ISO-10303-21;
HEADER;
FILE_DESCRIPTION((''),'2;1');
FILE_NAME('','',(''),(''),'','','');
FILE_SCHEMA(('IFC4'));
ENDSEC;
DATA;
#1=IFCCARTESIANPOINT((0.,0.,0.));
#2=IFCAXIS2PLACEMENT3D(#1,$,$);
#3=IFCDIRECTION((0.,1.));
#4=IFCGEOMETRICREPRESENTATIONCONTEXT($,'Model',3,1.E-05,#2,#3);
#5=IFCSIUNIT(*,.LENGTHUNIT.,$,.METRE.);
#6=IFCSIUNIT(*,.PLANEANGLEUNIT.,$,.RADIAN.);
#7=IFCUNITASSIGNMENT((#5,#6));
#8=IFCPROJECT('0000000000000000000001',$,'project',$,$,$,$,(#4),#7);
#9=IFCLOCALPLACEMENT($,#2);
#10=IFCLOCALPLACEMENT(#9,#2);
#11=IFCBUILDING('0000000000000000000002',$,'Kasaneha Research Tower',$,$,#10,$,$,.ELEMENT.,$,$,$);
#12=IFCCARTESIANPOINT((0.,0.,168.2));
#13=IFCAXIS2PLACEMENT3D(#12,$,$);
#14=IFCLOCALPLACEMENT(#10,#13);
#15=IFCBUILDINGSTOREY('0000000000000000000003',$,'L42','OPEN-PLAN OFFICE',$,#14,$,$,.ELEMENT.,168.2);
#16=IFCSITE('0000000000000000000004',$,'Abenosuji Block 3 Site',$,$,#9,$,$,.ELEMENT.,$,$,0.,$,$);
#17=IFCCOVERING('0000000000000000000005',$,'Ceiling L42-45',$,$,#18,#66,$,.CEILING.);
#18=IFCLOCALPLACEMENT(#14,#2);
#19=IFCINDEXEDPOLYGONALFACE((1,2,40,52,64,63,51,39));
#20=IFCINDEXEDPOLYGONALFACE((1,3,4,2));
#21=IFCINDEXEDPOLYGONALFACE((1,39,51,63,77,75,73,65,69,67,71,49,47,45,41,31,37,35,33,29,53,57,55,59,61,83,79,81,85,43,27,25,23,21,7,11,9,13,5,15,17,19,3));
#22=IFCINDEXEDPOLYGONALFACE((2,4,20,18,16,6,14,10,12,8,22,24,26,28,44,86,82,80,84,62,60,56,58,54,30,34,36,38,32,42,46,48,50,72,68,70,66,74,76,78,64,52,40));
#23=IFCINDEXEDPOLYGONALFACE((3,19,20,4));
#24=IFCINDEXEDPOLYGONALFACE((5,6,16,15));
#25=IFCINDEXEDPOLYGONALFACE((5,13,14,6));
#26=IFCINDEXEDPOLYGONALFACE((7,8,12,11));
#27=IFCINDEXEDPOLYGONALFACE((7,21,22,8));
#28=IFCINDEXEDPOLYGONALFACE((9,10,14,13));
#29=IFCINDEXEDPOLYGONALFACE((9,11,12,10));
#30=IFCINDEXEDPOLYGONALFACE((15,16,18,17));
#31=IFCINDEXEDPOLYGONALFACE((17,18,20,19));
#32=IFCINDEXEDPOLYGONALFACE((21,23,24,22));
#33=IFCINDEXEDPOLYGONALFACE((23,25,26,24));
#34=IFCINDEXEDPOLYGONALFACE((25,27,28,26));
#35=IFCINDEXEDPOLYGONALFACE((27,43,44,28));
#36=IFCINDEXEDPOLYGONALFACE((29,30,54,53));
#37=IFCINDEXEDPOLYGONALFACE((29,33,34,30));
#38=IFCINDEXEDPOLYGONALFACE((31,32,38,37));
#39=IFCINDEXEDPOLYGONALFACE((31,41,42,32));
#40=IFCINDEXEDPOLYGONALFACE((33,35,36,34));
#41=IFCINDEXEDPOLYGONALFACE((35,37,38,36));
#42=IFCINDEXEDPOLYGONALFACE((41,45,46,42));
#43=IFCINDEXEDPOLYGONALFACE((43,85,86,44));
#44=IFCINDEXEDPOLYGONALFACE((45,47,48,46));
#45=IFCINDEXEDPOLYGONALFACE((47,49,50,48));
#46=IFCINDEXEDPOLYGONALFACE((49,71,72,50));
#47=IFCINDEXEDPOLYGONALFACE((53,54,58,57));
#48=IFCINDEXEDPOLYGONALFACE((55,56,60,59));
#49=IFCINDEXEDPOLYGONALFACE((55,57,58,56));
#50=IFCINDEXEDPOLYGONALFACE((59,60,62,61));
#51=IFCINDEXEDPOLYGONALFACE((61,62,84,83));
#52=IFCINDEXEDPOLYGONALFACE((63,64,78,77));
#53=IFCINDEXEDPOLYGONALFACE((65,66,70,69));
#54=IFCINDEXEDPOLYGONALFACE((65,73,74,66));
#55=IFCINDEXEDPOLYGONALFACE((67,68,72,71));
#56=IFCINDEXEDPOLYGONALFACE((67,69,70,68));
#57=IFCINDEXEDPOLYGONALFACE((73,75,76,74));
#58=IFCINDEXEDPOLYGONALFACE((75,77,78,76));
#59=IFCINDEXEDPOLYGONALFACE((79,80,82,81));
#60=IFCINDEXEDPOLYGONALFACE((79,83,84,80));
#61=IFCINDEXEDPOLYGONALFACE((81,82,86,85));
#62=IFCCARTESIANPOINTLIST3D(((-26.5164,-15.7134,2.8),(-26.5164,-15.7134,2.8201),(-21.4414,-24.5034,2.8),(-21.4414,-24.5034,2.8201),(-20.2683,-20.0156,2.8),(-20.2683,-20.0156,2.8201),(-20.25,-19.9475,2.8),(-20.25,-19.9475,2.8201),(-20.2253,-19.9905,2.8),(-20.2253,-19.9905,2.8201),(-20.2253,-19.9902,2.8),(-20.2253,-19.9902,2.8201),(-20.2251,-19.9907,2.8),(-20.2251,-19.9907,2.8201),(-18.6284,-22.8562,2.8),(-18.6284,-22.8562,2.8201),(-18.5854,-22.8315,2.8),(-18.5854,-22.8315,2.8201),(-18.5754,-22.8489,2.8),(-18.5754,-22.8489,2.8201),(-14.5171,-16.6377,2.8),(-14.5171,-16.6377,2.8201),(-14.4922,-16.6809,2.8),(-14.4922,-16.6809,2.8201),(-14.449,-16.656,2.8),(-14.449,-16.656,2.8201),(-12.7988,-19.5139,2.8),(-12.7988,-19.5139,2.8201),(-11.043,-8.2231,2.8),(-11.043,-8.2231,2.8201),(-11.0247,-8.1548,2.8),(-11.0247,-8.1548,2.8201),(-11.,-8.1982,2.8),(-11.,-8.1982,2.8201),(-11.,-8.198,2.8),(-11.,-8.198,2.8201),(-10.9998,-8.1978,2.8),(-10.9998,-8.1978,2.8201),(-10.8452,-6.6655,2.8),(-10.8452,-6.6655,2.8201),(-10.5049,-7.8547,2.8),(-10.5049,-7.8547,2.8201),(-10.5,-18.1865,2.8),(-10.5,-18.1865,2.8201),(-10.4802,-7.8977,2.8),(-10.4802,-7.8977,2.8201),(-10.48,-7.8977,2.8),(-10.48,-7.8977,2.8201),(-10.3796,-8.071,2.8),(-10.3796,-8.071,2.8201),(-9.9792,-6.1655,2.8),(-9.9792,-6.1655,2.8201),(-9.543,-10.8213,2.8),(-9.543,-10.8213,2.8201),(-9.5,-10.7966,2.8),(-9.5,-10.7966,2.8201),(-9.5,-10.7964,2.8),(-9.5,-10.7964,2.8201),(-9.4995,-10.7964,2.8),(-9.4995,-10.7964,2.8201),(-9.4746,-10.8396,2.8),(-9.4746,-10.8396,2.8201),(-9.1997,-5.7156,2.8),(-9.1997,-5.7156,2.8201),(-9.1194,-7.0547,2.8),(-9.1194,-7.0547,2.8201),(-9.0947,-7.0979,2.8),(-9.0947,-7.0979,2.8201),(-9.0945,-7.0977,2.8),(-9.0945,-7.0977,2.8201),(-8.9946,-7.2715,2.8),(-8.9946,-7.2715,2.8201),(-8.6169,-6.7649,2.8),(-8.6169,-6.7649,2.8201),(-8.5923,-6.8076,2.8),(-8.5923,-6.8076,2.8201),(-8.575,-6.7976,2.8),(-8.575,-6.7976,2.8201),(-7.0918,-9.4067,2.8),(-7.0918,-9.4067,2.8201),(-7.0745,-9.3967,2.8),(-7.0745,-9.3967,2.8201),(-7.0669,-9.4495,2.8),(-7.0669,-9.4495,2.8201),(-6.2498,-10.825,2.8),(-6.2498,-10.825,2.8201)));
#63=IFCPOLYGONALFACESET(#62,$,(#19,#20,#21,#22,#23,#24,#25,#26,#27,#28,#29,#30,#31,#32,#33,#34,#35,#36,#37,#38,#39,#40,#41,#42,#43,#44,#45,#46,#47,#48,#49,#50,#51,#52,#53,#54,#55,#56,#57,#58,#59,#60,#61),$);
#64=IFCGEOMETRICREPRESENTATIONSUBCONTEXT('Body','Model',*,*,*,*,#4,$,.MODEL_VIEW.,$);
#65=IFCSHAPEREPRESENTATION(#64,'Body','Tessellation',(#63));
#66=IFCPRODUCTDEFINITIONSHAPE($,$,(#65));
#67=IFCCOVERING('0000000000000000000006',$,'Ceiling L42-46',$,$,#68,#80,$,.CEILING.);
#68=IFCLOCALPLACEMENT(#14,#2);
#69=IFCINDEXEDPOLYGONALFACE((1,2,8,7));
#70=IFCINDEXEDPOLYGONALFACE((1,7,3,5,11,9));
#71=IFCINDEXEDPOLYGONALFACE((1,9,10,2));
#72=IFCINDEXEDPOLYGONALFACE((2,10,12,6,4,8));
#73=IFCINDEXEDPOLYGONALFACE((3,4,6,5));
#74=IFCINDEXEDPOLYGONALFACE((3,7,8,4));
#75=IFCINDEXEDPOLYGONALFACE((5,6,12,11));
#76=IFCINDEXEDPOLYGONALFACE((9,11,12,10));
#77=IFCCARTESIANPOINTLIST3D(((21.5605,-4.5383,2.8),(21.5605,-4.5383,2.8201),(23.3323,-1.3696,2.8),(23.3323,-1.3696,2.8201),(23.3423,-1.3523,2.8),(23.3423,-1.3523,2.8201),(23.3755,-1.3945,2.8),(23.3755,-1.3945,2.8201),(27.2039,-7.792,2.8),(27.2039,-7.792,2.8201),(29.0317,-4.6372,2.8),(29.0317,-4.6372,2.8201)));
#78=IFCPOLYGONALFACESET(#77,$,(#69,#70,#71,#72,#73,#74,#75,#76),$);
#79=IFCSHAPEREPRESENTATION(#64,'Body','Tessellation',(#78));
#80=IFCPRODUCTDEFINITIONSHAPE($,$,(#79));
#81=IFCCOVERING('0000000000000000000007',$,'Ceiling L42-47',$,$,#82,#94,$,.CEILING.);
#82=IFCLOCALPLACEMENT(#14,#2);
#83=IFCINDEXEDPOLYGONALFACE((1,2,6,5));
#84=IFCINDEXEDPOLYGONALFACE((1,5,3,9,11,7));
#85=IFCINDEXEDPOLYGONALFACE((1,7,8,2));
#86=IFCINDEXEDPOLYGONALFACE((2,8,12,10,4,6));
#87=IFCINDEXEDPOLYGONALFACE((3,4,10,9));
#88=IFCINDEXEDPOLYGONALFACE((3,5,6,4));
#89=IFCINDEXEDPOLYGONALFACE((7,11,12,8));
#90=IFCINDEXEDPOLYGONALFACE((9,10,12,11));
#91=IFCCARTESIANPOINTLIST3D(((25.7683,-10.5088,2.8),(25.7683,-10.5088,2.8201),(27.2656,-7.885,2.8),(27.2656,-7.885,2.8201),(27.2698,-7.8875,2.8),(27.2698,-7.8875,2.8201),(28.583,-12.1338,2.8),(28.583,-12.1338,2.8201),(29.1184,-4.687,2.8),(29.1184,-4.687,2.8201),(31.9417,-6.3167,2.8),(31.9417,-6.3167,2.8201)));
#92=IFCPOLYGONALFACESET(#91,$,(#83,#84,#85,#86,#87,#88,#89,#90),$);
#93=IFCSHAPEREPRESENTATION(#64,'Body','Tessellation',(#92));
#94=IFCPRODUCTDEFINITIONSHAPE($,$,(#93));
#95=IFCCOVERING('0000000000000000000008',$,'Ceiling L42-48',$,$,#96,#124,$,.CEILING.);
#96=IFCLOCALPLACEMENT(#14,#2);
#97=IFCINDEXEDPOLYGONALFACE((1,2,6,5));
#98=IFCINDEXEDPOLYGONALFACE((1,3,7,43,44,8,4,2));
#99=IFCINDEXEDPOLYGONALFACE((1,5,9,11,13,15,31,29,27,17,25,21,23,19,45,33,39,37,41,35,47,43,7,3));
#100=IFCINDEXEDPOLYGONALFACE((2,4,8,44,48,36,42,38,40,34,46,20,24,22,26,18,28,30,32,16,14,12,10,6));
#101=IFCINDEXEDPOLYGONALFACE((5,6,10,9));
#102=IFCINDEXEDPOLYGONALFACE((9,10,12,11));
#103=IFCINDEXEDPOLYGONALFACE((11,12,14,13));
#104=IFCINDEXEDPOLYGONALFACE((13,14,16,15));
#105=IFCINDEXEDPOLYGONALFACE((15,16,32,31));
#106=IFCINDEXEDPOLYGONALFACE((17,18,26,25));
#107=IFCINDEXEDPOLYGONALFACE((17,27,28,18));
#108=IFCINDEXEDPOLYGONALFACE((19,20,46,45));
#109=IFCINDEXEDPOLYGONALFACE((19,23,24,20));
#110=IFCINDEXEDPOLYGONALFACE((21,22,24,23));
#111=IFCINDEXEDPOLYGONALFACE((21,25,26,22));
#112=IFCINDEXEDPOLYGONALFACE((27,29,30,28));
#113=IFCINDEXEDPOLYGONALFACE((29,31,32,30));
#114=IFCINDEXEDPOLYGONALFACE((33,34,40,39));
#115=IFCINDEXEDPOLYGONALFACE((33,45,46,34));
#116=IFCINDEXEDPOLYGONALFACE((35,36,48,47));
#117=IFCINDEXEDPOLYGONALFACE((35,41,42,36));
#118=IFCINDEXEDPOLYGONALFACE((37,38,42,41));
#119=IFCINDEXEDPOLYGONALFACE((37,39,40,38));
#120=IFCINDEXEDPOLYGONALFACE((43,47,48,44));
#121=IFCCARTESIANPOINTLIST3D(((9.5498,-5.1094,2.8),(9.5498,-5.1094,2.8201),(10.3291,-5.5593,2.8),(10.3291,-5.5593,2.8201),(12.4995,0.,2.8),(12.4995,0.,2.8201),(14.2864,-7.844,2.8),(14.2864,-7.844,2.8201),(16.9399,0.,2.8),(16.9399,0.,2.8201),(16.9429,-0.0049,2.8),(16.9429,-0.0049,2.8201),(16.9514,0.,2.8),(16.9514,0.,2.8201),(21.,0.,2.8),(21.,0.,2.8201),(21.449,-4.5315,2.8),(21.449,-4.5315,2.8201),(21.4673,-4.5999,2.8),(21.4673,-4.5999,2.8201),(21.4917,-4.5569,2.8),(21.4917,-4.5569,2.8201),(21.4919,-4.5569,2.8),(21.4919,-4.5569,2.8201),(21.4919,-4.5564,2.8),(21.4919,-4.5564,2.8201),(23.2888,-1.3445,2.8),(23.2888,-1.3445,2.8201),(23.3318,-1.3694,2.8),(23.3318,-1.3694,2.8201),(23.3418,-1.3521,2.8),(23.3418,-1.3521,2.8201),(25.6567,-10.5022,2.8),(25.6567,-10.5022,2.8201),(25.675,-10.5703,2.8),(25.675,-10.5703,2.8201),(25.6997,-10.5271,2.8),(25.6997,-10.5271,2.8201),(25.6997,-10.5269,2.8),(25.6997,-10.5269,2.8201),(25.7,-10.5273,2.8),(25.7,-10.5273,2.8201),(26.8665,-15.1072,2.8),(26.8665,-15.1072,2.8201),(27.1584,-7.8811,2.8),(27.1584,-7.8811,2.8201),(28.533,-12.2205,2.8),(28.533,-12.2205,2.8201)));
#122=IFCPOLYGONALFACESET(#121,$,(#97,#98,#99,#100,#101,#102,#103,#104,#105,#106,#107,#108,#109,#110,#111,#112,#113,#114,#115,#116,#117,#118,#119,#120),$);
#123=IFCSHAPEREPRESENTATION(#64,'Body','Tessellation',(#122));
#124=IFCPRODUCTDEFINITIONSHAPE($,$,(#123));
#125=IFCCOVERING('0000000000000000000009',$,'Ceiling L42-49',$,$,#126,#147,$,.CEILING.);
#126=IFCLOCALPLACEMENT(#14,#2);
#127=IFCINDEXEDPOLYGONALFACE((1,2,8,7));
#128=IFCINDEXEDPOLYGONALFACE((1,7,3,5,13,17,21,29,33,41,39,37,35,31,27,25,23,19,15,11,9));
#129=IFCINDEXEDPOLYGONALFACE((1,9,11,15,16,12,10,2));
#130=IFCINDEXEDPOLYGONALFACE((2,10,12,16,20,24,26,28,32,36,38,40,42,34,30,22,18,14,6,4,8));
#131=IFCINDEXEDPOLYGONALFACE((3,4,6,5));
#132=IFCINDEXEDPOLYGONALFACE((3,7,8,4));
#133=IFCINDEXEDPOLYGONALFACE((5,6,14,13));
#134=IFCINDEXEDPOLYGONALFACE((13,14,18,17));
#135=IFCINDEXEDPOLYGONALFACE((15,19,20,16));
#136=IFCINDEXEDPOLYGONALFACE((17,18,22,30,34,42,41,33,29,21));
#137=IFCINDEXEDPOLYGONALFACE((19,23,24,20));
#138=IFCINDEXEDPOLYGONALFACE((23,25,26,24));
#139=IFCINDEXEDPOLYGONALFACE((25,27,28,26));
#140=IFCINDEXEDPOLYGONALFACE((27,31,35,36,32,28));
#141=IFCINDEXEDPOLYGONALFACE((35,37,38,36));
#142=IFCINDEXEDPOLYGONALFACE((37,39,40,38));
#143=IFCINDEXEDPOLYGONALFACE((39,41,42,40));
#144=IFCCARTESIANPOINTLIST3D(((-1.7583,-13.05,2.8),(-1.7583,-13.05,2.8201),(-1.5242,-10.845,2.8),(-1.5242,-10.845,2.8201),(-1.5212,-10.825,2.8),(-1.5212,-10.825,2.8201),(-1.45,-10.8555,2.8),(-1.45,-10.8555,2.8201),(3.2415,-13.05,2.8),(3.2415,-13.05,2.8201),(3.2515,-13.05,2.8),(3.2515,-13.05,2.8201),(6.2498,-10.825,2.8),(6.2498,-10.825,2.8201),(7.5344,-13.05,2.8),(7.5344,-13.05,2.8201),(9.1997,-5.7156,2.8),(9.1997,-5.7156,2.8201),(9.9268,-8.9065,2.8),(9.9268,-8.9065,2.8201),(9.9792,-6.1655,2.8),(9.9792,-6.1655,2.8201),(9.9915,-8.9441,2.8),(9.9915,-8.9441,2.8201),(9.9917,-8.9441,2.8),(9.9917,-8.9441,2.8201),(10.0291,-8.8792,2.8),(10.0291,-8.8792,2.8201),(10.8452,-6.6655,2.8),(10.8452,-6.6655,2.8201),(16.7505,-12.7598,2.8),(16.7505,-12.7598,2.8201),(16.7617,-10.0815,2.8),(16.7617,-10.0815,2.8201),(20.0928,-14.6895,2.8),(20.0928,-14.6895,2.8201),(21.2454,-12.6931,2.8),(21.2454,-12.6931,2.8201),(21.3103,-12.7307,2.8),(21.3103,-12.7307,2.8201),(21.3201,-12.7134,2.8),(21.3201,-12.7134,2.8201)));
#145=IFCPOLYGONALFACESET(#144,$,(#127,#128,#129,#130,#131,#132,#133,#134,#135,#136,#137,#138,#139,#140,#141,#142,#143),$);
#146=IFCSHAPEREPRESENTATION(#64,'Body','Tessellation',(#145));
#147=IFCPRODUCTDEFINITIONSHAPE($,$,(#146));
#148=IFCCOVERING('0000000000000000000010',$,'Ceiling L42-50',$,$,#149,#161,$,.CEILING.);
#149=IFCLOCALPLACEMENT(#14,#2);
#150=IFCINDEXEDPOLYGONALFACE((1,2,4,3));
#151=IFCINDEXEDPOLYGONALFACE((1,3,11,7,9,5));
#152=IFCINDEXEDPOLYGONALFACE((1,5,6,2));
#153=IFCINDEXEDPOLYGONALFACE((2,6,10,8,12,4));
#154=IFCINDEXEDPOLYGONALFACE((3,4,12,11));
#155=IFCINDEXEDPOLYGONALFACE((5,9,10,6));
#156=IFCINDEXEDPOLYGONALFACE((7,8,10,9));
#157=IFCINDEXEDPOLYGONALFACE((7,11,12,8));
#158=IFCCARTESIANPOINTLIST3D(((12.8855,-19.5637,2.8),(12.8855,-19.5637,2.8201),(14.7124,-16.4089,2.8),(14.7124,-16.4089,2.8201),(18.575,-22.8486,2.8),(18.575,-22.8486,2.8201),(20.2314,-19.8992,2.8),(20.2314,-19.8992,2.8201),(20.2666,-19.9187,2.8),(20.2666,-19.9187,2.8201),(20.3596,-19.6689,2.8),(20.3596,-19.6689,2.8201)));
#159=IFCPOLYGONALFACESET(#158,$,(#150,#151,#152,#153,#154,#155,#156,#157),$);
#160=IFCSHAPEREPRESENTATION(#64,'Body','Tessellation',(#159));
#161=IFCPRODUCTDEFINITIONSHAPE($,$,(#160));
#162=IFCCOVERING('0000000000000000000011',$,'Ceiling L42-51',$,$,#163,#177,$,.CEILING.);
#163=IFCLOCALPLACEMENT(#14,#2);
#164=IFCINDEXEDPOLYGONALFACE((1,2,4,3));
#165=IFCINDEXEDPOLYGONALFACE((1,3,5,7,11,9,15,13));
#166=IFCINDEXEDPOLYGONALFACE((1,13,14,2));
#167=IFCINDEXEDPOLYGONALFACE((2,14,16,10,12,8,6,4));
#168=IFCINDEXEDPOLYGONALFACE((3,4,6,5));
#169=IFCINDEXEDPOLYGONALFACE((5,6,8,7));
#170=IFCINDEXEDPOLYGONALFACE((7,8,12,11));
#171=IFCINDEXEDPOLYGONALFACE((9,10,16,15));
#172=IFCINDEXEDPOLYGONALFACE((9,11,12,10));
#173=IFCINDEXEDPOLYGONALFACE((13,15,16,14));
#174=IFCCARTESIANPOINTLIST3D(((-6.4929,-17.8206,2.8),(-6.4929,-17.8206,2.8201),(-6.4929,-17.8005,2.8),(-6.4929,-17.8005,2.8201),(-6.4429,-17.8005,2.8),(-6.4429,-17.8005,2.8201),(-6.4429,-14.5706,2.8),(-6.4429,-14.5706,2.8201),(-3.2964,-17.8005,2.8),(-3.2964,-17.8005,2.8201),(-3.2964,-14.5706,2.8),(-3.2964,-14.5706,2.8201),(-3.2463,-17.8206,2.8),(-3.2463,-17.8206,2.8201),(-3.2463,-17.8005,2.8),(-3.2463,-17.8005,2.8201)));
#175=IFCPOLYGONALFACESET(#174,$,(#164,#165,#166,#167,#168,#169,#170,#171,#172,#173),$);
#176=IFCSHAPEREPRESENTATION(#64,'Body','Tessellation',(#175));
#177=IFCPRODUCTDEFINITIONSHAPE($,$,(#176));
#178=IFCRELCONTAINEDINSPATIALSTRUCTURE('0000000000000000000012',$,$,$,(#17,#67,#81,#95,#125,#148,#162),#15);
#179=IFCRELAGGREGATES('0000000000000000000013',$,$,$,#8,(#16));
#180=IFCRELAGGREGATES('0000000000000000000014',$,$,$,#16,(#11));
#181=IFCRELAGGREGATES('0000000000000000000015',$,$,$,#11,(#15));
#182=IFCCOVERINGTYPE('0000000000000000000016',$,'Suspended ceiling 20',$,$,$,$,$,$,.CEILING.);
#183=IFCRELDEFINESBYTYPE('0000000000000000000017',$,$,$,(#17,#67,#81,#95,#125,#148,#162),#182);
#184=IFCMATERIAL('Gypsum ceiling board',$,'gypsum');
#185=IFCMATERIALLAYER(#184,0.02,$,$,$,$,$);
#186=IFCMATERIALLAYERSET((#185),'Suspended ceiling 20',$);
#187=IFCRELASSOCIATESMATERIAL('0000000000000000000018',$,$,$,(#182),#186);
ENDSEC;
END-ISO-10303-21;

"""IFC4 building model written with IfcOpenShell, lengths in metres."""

from ifc_helpers import new_model, si_unit, direction, frame, origin, place, context, subcontext, project, spatial, polyline, outline, extrude, material, layer, layer_set, type_object, element, save


model = new_model("IFC4")

# Units and contexts
model_context = context("Model", 3, precision=1e-05, world=origin(), true_north=direction((0.0, 1.0)))
body_context = subcontext(model_context, "Body", "Model", "MODEL_VIEW")
ifc_project = project(units=[si_unit("LENGTHUNIT", "METRE"), si_unit("PLANEANGLEUNIT", "RADIAN")], contexts=[model_context])

# Site, building, storey
site_placement = place(None, origin())
site = spatial("IfcSite", under=ifc_project, at=site_placement, Name="Abenosuji Block 3 Site", CompositionType="ELEMENT", RefElevation=0.0)
building_placement = place(site_placement, origin())
building = spatial("IfcBuilding", under=site, at=building_placement, Name="Kasaneha Research Tower", CompositionType="ELEMENT")
storey_placement = place(building_placement, frame((0.0, 0.0, 168.2)))
storey = spatial("IfcBuildingStorey", under=building, at=storey_placement, Name="L42", Description="OPEN-PLAN OFFICE", CompositionType="ELEMENT", Elevation=168.2)

# Coverings
ifc_material_1 = material(Name="Gypsum ceiling board", Category="gypsum")
ifc_layer_1 = layer(ifc_material_1, 0.02)
ifc_layer_set_1 = layer_set([ifc_layer_1], Name="Suspended ceiling 20")
covering_type_1 = type_object("IfcCoveringType", Name="Suspended ceiling 20", PredefinedType="CEILING", material=ifc_layer_set_1)
covering_1_placement = place(storey_placement, frame((0.0, 0.0, 2.8)))
element("IfcCovering", 1, at=covering_1_placement, inside=storey, type_object=covering_type_1, Name="Ceiling L42-45", PredefinedType="CEILING", context=body_context, shape_type="SweptSolid", body=[
    extrude(outline(polyline([(-9.9792, -6.1655), (-9.9792, -6.1655), (-9.1997, -5.7156), (-8.575, -6.7976), (-8.5923, -6.8076), (-8.6169, -6.7649), (-9.1194, -7.0547), (-9.0945, -7.0977), (-9.0947, -7.0979), (-8.9946, -7.2715), (-10.3796, -8.071), (-10.48, -7.8977), (-10.4802, -7.8977), (-10.5049, -7.8547), (-11.0247, -8.1548), (-10.9998, -8.1978), (-11.0, -8.198), (-11.0, -8.1982), (-11.043, -8.2231), (-9.543, -10.8213), (-9.5, -10.7964), (-9.5, -10.7966), (-9.4995, -10.7964), (-9.4746, -10.8396), (-7.0669, -9.4495), (-7.0918, -9.4067), (-7.0745, -9.3967), (-6.2498, -10.825), (-10.5, -18.1865), (-12.7988, -19.5139), (-14.449, -16.656), (-14.4922, -16.6809), (-14.5171, -16.6377), (-20.25, -19.9475), (-20.2253, -19.9902), (-20.2253, -19.9905), (-20.2251, -19.9907), (-20.2683, -20.0156), (-18.6284, -22.8562), (-18.5854, -22.8315), (-18.5754, -22.8489), (-21.4414, -24.5034), (-26.5164, -15.7134), (-10.8452, -6.6655), (-10.8452, -6.6655), (-9.9792, -6.1655)])), origin(), (0.0, 0.0, 1.0), 0.02),
])
covering_2_placement = place(storey_placement, frame((0.0, 0.0, 2.8)))
element("IfcCovering", 2, at=covering_2_placement, inside=storey, type_object=covering_type_1, Name="Ceiling L42-46", PredefinedType="CEILING", context=body_context, shape_type="SweptSolid", body=[
    extrude(outline(polyline([(29.0317, -4.6372), (27.2039, -7.792), (21.5605, -4.5383), (23.3755, -1.3945), (23.3323, -1.3696), (23.3423, -1.3523), (29.0317, -4.6372)])), origin(), (0.0, 0.0, 1.0), 0.02),
])
covering_3_placement = place(storey_placement, frame((0.0, 0.0, 2.8)))
element("IfcCovering", 3, at=covering_3_placement, inside=storey, type_object=covering_type_1, Name="Ceiling L42-47", PredefinedType="CEILING", context=body_context, shape_type="SweptSolid", body=[
    extrude(outline(polyline([(31.9417, -6.3167), (28.583, -12.1338), (25.7683, -10.5088), (27.2698, -7.8875), (27.2656, -7.885), (29.1184, -4.687), (31.9417, -6.3167)])), origin(), (0.0, 0.0, 1.0), 0.02),
])
covering_4_placement = place(storey_placement, frame((0.0, 0.0, 2.8)))
element("IfcCovering", 4, at=covering_4_placement, inside=storey, type_object=covering_type_1, Name="Ceiling L42-48", PredefinedType="CEILING", context=body_context, shape_type="SweptSolid", body=[
    extrude(outline(polyline([(9.5498, -5.1094), (12.4995, 0.0), (16.9399, 0.0), (16.9429, -0.0049), (16.9514, 0.0), (21.0, 0.0), (23.3418, -1.3521), (23.3318, -1.3694), (23.2888, -1.3445), (21.449, -4.5315), (21.4919, -4.5564), (21.4917, -4.5569), (21.4919, -4.5569), (21.4673, -4.5999), (27.1584, -7.8811), (25.6567, -10.5022), (25.6997, -10.5269), (25.6997, -10.5271), (25.7, -10.5273), (25.675, -10.5703), (28.533, -12.2205), (26.8665, -15.1072), (14.2864, -7.844), (10.3291, -5.5593), (10.3291, -5.5593), (9.5498, -5.1094)])), origin(), (0.0, 0.0, 1.0), 0.02),
])
covering_5_placement = place(storey_placement, frame((0.0, 0.0, 2.8)))
element("IfcCovering", 5, at=covering_5_placement, inside=storey, type_object=covering_type_1, Name="Ceiling L42-49", PredefinedType="CEILING", context=body_context, shape_type="SweptSolid", body=[
    extrude(outline(polyline([(9.9915, -8.9441), (9.9268, -8.9065), (7.5344, -13.05), (3.2515, -13.05), (3.2415, -13.05), (-1.7583, -13.05), (-1.45, -10.8555), (-1.5242, -10.845), (-1.5212, -10.825), (6.2498, -10.825), (9.1997, -5.7156), (9.9792, -6.1655), (9.9792, -6.1655), (10.8452, -6.6655), (10.8452, -6.6655), (16.7617, -10.0815), (21.3201, -12.7134), (21.3103, -12.7307), (21.2454, -12.6931), (20.0928, -14.6895), (16.7505, -12.7598), (16.7505, -12.7598), (10.0291, -8.8792), (9.9917, -8.9441), (9.9917, -8.9441), (9.9915, -8.9441)])), origin(), (0.0, 0.0, 1.0), 0.02),
])
covering_6_placement = place(storey_placement, frame((0.0, 0.0, 2.8)))
element("IfcCovering", 6, at=covering_6_placement, inside=storey, type_object=covering_type_1, Name="Ceiling L42-50", PredefinedType="CEILING", context=body_context, shape_type="SweptSolid", body=[
    extrude(outline(polyline([(18.575, -22.8486), (12.8855, -19.5637), (14.7124, -16.4089), (20.3596, -19.6689), (20.2314, -19.8992), (20.2666, -19.9187), (18.575, -22.8486)])), origin(), (0.0, 0.0, 1.0), 0.02),
])
covering_7_placement = place(storey_placement, frame((0.0, 0.0, 2.8)))
element("IfcCovering", 7, at=covering_7_placement, inside=storey, type_object=covering_type_1, Name="Ceiling L42-51", PredefinedType="CEILING", context=body_context, shape_type="SweptSolid", body=[
    extrude(outline(polyline([(-6.4929, -17.8206), (-6.4929, -17.8005), (-6.4429, -17.8005), (-6.4429, -14.5706), (-3.2964, -14.5706), (-3.2964, -17.8005), (-3.2463, -17.8005), (-3.2463, -17.8206), (-6.4929, -17.8206)])), origin(), (0.0, 0.0, 1.0), 0.02),
])

save(model, "model.ifc")
